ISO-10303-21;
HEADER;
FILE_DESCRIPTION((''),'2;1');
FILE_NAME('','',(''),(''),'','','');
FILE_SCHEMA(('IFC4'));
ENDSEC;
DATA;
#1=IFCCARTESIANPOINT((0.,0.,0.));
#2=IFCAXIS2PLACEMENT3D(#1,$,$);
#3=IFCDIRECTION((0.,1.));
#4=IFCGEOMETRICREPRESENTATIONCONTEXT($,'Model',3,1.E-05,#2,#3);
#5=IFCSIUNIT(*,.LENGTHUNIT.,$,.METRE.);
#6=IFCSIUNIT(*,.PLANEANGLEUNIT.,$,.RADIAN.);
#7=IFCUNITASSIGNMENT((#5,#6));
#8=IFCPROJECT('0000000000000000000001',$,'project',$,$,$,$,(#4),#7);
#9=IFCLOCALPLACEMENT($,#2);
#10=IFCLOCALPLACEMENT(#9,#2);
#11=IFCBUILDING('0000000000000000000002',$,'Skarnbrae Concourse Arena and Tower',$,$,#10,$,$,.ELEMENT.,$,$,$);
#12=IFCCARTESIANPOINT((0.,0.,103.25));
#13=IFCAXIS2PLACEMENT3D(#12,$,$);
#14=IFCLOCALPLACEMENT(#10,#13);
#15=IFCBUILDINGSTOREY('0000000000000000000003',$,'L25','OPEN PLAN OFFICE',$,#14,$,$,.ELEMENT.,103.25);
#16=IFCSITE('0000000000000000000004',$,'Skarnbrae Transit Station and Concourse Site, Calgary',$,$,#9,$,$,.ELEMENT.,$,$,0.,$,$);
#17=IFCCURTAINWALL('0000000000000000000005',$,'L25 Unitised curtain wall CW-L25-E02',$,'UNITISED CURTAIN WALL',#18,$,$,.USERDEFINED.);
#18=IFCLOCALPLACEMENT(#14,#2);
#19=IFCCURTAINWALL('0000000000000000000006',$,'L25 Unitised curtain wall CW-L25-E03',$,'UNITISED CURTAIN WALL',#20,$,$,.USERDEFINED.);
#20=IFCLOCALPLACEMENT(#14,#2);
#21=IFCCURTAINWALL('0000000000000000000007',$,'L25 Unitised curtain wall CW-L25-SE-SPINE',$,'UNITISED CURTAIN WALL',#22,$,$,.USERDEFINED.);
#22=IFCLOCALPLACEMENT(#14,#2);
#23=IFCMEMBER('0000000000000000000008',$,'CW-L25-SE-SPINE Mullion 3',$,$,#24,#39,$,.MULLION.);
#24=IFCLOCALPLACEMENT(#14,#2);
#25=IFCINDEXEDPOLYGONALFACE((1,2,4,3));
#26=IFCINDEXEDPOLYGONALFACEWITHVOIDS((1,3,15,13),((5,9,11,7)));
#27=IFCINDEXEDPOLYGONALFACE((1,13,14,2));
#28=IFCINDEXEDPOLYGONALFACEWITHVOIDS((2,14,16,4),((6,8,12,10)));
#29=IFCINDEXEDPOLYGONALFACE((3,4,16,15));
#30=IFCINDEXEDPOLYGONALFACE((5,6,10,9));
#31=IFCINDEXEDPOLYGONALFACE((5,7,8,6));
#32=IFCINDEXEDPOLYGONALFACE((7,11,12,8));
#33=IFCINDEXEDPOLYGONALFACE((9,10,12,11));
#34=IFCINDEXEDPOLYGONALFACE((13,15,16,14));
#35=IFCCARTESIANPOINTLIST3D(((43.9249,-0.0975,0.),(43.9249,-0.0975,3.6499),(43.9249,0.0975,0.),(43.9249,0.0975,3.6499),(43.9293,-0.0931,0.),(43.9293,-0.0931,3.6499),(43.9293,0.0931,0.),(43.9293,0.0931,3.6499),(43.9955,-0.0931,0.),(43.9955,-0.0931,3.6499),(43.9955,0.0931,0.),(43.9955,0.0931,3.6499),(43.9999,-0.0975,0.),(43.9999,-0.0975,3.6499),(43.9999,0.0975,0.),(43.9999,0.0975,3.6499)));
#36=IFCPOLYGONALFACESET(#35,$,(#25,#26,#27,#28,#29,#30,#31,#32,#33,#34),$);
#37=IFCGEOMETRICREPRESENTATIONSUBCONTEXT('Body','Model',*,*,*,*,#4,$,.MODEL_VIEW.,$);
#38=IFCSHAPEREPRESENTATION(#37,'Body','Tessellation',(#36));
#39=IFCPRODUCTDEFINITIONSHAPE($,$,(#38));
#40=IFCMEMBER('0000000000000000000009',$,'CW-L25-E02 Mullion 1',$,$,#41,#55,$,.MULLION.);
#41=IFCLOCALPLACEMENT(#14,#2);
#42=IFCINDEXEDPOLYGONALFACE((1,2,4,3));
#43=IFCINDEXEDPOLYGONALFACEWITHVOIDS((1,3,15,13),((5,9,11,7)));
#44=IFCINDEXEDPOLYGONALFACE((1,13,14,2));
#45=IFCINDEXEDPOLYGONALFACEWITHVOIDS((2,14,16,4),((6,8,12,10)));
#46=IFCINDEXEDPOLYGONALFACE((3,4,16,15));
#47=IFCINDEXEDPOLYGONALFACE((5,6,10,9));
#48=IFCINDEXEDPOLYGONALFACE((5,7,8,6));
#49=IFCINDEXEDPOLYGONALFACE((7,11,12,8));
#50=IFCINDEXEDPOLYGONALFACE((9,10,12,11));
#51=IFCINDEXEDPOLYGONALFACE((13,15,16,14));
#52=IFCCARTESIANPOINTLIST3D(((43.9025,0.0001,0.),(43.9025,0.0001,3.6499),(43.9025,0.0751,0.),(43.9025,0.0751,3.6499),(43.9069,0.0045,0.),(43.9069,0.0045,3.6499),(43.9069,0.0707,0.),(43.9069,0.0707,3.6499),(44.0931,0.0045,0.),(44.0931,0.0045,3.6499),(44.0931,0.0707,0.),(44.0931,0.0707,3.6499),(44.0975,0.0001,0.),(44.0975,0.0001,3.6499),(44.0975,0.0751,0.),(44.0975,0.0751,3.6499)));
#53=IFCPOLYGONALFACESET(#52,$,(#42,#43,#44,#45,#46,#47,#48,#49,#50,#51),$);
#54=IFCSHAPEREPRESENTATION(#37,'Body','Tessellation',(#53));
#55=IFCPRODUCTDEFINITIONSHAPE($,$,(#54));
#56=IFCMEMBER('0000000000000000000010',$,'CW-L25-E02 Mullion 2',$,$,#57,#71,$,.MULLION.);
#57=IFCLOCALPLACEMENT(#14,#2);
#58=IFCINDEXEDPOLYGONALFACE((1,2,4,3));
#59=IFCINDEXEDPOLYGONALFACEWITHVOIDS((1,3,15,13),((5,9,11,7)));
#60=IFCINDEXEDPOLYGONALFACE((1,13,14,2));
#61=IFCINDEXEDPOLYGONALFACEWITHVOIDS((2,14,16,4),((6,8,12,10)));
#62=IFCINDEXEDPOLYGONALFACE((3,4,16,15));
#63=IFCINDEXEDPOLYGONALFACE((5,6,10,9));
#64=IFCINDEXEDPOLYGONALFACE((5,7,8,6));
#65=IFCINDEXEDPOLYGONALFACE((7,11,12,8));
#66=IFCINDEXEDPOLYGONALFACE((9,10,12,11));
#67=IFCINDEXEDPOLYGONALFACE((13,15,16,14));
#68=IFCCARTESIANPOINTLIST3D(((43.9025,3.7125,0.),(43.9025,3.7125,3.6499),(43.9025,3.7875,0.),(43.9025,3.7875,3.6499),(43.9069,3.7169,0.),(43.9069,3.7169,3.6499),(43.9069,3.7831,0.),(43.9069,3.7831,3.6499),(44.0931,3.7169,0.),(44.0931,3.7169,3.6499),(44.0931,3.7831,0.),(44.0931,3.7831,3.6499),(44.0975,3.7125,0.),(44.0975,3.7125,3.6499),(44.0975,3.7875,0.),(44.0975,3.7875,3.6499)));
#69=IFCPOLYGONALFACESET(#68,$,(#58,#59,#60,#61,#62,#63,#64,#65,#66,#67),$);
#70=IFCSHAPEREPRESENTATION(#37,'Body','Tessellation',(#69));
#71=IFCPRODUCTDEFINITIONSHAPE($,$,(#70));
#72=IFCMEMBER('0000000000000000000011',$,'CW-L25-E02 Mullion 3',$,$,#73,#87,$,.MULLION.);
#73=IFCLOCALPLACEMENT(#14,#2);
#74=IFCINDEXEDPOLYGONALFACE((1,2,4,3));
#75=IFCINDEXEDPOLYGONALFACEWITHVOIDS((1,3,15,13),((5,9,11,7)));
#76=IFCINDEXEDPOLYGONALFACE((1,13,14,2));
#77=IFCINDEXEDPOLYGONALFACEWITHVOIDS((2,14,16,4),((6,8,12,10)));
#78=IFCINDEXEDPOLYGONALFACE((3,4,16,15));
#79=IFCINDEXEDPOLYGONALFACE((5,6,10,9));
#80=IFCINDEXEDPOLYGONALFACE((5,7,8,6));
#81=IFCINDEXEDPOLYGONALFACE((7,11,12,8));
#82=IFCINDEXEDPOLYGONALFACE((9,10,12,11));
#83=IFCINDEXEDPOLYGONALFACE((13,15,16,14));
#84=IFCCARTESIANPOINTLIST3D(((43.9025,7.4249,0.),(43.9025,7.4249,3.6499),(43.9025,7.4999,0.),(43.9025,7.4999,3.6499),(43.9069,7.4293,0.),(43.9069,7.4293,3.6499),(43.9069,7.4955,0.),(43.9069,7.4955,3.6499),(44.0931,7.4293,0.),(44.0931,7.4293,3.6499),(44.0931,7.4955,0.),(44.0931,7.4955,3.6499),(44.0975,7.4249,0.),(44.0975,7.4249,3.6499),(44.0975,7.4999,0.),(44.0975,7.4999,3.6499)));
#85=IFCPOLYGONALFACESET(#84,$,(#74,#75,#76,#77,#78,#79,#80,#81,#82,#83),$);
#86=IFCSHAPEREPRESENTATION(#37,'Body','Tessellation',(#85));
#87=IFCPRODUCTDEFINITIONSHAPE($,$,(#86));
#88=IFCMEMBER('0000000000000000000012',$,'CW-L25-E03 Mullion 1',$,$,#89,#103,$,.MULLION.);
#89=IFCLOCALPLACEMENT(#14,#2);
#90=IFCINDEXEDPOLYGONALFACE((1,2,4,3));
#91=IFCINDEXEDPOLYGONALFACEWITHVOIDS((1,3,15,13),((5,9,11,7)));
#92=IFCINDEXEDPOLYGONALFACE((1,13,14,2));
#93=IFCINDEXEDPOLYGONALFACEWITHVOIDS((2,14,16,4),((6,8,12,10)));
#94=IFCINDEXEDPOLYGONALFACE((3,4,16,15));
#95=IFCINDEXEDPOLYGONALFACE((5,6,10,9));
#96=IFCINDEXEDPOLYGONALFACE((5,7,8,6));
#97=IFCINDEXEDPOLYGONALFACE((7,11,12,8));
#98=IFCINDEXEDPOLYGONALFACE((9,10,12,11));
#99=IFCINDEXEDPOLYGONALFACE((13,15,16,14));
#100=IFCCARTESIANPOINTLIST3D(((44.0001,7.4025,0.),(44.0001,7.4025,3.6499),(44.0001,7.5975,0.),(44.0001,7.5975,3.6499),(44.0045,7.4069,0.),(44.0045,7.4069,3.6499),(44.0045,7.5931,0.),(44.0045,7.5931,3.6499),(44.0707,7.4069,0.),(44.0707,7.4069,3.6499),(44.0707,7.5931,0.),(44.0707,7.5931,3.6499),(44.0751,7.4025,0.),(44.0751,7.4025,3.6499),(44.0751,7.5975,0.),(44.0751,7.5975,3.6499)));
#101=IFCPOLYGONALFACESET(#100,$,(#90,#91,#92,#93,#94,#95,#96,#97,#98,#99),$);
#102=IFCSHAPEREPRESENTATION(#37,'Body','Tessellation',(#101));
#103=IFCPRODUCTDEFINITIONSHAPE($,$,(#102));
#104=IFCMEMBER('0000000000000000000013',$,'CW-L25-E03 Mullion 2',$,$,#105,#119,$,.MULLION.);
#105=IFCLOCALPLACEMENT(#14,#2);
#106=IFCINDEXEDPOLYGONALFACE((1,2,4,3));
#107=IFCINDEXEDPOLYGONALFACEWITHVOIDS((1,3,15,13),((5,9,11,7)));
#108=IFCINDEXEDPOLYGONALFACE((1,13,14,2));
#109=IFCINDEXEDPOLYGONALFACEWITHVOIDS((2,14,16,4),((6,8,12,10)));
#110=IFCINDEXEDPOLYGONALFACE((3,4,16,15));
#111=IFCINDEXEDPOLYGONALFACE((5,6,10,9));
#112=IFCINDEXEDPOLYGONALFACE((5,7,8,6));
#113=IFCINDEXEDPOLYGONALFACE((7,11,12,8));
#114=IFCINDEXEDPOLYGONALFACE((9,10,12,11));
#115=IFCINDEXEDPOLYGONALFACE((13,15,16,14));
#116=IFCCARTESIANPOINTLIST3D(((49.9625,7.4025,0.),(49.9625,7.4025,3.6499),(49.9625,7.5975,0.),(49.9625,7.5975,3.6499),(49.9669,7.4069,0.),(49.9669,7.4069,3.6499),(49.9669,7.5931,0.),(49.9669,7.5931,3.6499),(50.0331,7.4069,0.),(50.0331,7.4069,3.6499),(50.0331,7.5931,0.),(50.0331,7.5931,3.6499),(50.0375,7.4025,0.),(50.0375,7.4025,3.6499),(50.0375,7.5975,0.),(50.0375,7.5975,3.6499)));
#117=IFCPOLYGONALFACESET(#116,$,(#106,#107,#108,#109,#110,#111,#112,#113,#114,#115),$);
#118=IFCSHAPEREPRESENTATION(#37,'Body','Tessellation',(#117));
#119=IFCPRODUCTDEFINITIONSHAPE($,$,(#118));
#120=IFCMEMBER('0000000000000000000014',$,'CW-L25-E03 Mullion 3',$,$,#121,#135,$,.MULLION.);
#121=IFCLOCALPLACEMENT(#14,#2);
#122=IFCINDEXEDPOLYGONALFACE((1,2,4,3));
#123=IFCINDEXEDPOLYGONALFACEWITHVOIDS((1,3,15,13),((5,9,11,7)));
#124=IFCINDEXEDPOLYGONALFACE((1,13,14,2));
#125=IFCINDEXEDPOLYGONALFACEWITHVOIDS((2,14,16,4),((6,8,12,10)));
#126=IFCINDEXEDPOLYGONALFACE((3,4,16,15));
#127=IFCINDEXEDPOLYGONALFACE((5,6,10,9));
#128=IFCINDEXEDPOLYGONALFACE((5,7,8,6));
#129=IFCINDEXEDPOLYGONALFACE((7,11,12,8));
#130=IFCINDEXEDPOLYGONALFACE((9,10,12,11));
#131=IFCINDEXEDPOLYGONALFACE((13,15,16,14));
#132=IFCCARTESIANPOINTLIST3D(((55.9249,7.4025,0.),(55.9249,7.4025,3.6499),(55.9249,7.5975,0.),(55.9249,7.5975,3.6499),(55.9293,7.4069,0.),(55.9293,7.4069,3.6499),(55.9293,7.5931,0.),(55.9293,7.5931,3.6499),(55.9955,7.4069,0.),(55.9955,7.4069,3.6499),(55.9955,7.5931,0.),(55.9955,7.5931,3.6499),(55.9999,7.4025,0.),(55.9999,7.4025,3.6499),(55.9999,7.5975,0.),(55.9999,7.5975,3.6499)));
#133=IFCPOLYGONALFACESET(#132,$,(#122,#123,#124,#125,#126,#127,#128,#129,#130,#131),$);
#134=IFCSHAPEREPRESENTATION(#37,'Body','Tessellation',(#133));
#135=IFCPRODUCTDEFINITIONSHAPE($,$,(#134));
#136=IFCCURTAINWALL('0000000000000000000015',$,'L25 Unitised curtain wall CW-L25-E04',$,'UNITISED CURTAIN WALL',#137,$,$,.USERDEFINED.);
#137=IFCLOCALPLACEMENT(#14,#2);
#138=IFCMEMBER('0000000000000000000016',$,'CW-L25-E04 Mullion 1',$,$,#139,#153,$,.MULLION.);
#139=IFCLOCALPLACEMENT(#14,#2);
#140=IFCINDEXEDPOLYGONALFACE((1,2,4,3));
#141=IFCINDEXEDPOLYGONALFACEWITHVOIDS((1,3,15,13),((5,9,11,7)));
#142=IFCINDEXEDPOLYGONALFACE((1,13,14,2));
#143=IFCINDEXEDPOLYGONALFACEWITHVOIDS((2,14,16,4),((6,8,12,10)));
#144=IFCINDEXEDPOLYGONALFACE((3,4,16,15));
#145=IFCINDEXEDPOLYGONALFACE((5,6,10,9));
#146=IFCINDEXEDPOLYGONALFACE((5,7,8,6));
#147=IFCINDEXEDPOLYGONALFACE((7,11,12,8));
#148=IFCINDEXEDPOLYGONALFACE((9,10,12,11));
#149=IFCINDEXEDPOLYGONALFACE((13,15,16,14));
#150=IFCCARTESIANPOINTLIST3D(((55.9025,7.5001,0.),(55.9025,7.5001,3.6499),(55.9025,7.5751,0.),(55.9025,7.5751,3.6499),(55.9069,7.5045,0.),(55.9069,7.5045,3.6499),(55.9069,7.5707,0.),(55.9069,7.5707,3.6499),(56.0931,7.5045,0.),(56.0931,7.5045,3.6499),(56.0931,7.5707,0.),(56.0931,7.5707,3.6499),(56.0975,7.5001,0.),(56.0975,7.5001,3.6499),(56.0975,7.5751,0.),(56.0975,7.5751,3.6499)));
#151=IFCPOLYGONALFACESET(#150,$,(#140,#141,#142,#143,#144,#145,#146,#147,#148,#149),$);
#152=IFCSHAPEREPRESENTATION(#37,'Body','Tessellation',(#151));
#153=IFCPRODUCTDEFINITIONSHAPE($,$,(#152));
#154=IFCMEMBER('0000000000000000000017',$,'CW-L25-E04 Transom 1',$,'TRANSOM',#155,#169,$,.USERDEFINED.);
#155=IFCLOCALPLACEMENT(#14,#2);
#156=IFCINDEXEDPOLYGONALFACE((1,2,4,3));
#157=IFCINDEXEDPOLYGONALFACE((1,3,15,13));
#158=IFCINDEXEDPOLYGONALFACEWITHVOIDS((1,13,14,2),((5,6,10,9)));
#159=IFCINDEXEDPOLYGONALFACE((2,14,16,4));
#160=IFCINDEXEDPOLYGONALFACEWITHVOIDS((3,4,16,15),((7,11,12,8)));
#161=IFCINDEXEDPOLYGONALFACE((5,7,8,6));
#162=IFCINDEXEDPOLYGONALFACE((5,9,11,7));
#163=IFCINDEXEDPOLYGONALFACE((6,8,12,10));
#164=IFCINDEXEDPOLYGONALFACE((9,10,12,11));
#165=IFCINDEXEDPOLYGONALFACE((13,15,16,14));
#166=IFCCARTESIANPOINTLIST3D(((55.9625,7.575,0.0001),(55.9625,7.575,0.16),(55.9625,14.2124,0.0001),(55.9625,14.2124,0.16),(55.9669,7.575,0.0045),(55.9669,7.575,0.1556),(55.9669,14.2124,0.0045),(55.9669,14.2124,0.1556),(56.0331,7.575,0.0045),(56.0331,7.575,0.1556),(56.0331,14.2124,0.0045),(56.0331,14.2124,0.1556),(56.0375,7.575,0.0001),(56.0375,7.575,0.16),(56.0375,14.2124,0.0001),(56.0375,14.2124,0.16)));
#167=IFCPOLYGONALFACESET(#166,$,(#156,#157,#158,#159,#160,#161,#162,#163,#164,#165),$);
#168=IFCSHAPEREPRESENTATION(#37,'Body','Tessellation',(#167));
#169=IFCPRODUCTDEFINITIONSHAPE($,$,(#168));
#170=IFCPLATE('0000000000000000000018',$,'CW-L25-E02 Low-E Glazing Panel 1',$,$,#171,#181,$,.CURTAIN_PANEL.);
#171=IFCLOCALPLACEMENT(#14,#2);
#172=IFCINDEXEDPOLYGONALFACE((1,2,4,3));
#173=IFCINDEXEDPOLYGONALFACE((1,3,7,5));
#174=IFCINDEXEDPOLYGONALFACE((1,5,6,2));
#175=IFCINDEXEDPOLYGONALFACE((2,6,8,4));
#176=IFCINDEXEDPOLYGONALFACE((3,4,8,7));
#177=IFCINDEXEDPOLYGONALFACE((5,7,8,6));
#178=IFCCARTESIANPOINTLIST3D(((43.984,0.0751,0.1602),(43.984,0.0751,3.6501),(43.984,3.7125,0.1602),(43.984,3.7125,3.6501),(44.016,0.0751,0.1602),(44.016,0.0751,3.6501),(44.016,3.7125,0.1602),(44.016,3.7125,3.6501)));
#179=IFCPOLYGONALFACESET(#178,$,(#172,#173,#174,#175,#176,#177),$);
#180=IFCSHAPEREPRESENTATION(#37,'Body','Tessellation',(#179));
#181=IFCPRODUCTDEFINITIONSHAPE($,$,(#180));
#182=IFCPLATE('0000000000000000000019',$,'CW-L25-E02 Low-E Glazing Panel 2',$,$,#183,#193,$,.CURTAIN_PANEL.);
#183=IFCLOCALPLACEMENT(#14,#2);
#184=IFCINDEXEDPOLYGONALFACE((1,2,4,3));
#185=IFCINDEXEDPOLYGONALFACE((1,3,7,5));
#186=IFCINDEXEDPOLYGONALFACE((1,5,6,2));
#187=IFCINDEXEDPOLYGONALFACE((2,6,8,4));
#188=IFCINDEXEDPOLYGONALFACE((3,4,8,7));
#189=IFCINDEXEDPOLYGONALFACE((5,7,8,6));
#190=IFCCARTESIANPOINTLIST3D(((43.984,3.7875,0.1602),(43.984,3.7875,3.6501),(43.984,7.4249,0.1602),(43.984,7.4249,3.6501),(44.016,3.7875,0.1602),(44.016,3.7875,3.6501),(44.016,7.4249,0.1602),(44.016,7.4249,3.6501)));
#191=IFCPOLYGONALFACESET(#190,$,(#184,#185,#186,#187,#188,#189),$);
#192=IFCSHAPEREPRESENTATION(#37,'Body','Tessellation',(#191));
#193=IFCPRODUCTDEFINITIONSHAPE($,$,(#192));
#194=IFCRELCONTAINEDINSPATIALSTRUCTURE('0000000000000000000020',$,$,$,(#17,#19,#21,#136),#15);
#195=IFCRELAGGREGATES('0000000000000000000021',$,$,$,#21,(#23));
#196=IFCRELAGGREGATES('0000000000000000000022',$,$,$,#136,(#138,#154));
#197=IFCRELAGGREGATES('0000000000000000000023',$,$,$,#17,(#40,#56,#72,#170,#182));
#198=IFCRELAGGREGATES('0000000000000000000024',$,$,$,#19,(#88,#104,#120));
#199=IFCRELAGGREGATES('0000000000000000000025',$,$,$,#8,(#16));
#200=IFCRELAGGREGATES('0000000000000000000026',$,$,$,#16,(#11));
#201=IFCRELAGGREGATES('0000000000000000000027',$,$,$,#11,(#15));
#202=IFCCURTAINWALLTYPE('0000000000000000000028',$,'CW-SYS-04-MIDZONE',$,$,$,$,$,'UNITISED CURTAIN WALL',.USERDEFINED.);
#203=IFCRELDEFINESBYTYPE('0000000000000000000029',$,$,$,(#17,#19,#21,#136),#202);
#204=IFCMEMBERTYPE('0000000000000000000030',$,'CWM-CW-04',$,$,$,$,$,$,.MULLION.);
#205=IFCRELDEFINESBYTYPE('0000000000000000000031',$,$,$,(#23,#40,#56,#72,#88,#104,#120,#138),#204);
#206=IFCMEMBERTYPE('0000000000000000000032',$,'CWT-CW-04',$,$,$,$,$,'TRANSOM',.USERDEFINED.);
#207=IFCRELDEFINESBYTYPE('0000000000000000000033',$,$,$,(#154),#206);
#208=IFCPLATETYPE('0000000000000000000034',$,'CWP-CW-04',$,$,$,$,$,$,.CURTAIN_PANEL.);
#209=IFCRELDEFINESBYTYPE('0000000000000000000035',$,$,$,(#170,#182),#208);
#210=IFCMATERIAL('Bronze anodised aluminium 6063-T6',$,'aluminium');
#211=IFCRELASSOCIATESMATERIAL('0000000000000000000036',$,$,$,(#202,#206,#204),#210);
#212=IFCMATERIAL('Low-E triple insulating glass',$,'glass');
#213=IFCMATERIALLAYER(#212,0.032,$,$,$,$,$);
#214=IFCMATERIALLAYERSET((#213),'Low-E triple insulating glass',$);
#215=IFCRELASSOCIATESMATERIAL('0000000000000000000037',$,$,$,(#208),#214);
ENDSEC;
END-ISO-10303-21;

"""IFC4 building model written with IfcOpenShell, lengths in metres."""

from ifc_helpers import new_model, si_unit, direction, frame, origin, origin_2d, place, context, subcontext, project, spatial, rectangle, hollow_rectangle, extrude, source, transform, mapped, material, layer, layer_set, material_profile, profile_set, type_object, element, aggregate, save


model = new_model("IFC4")

# Units and contexts
model_context = context("Model", 3, precision=1e-05, world=origin(), true_north=direction((0.0, 1.0)))
body_context = subcontext(model_context, "Body", "Model", "MODEL_VIEW")
ifc_project = project(units=[si_unit("LENGTHUNIT", "METRE"), si_unit("PLANEANGLEUNIT", "RADIAN")], contexts=[model_context])

# Site, building, storey
site_placement = place(None, origin())
site = spatial("IfcSite", under=ifc_project, at=site_placement, Name="Skarnbrae Transit Station and Concourse Site, Calgary", CompositionType="ELEMENT", RefElevation=0.0)
building_placement = place(site_placement, origin())
building = spatial("IfcBuilding", under=site, at=building_placement, Name="Skarnbrae Concourse Arena and Tower", CompositionType="ELEMENT")
storey_placement = place(building_placement, frame((0.0, 0.0, 103.25)))
storey = spatial("IfcBuildingStorey", under=building, at=storey_placement, Name="L25", Description="OPEN PLAN OFFICE", CompositionType="ELEMENT", Elevation=103.25)

# Curtain walls
ifc_material_1 = material(Name="Bronze anodised aluminium 6063-T6", Category="aluminium")
curtain_wall_type = type_object("IfcCurtainWallType", Name="CW-SYS-04-MIDZONE", ElementType="UNITISED CURTAIN WALL", PredefinedType="USERDEFINED", material=ifc_material_1)
curtain_wall_1_placement = place(storey_placement, origin())
curtain_wall_1 = element("IfcCurtainWall", 1, at=curtain_wall_1_placement, inside=storey, type_object=curtain_wall_type, Name="L25 Unitised curtain wall CW-L25-E02", ObjectType="UNITISED CURTAIN WALL", PredefinedType="USERDEFINED")
ifc_material_profile_1 = material_profile(ifc_material_1, hollow_rectangle(XDim=0.075, YDim=0.1599, WallThickness=0.0044, at=origin_2d()), Name="ALU-TRAN-75X160")
ifc_profile_set_1 = profile_set([ifc_material_profile_1], Name="Bronze anodised aluminium 6063-T6")
member_type_1 = type_object("IfcMemberType", Name="CWT-CW-04", ElementType="TRANSOM", PredefinedType="USERDEFINED", material=ifc_profile_set_1)
curtain_wall_2_placement = place(storey_placement, origin())
curtain_wall_2 = element("IfcCurtainWall", 2, at=curtain_wall_2_placement, inside=storey, type_object=curtain_wall_type, Name="L25 Unitised curtain wall CW-L25-E03", ObjectType="UNITISED CURTAIN WALL", PredefinedType="USERDEFINED")

# Curtain wall, member
curtain_wall_3_placement = place(storey_placement, origin())
curtain_wall_3 = element("IfcCurtainWall", 3, at=curtain_wall_3_placement, inside=storey, type_object=curtain_wall_type, Name="L25 Unitised curtain wall CW-L25-SE-SPINE", ObjectType="UNITISED CURTAIN WALL", PredefinedType="USERDEFINED")
ifc_material_profile_2 = material_profile(ifc_material_1, hollow_rectangle(XDim=0.075, YDim=0.1951, WallThickness=0.0044, at=origin_2d()), Name="ALU-MULL-75X195")
ifc_profile_set_2 = profile_set([ifc_material_profile_2], Name="Bronze anodised aluminium 6063-T6")
member_type_2 = type_object("IfcMemberType", Name="CWM-CW-04", PredefinedType="MULLION", material=ifc_profile_set_2)
shared_shape_1 = source(origin(), body_context, "Body", "SweptSolid", [
    extrude(hollow_rectangle(XDim=0.075, YDim=0.1951, WallThickness=0.0044, at=origin_2d()), origin(), (0.0, 0.0, 1.0), 3.6499),
])
member_1_placement = place(storey_placement, frame((43.9624, 0.0, 0.0), z_axis=(0.0, 0.0, 1.0), x_axis=(1.0, 0.0, 0.0)))
member_1 = element("IfcMember", 4, at=member_1_placement, type_object=member_type_2, Name="CW-L25-SE-SPINE Mullion 3", PredefinedType="MULLION", context=body_context, shape_type="MappedRepresentation", body=[
    mapped(shared_shape_1, transform((0.0, 0.0, 0.0))),
])
aggregate(curtain_wall_3, [member_1])

# Members
member_2_placement = place(storey_placement, frame((44.0, 0.0376, 0.0), z_axis=(0.0, 0.0, 1.0), x_axis=(0.0, 1.0, 0.0)))
member_2 = element("IfcMember", 5, at=member_2_placement, type_object=member_type_2, Name="CW-L25-E02 Mullion 1", PredefinedType="MULLION", context=body_context, shape_type="MappedRepresentation", body=[
    mapped(shared_shape_1, transform((0.0, 0.0, 0.0))),
])
member_3_placement = place(storey_placement, frame((44.0, 3.75, 0.0), z_axis=(0.0, 0.0, 1.0), x_axis=(0.0, 1.0, 0.0)))
member_3 = element("IfcMember", 6, at=member_3_placement, type_object=member_type_2, Name="CW-L25-E02 Mullion 2", PredefinedType="MULLION", context=body_context, shape_type="MappedRepresentation", body=[
    mapped(shared_shape_1, transform((0.0, 0.0, 0.0))),
])
member_4_placement = place(storey_placement, frame((44.0, 7.4624, 0.0), z_axis=(0.0, 0.0, 1.0), x_axis=(0.0, 1.0, 0.0)))
member_4 = element("IfcMember", 7, at=member_4_placement, type_object=member_type_2, Name="CW-L25-E02 Mullion 3", PredefinedType="MULLION", context=body_context, shape_type="MappedRepresentation", body=[
    mapped(shared_shape_1, transform((0.0, 0.0, 0.0))),
])
member_5_placement = place(storey_placement, frame((44.0376, 7.5, 0.0), z_axis=(0.0, 0.0, 1.0), x_axis=(1.0, 0.0, 0.0)))
member_5 = element("IfcMember", 8, at=member_5_placement, type_object=member_type_2, Name="CW-L25-E03 Mullion 1", PredefinedType="MULLION", context=body_context, shape_type="MappedRepresentation", body=[
    mapped(shared_shape_1, transform((0.0, 0.0, 0.0))),
])
member_6_placement = place(storey_placement, frame((50.0, 7.5, 0.0), z_axis=(0.0, 0.0, 1.0), x_axis=(1.0, 0.0, 0.0)))
member_6 = element("IfcMember", 9, at=member_6_placement, type_object=member_type_2, Name="CW-L25-E03 Mullion 2", PredefinedType="MULLION", context=body_context, shape_type="MappedRepresentation", body=[
    mapped(shared_shape_1, transform((0.0, 0.0, 0.0))),
])
member_7_placement = place(storey_placement, frame((55.9624, 7.5, 0.0), z_axis=(0.0, 0.0, 1.0), x_axis=(1.0, 0.0, 0.0)))
member_7 = element("IfcMember", 10, at=member_7_placement, type_object=member_type_2, Name="CW-L25-E03 Mullion 3", PredefinedType="MULLION", context=body_context, shape_type="MappedRepresentation", body=[
    mapped(shared_shape_1, transform((0.0, 0.0, 0.0))),
])

# Curtain wall, members
curtain_wall_4_placement = place(storey_placement, origin())
curtain_wall_4 = element("IfcCurtainWall", 11, at=curtain_wall_4_placement, inside=storey, type_object=curtain_wall_type, Name="L25 Unitised curtain wall CW-L25-E04", ObjectType="UNITISED CURTAIN WALL", PredefinedType="USERDEFINED")
member_8_placement = place(storey_placement, frame((56.0, 7.5376, 0.0), z_axis=(0.0, 0.0, 1.0), x_axis=(0.0, 1.0, 0.0)))
member_8 = element("IfcMember", 12, at=member_8_placement, type_object=member_type_2, Name="CW-L25-E04 Mullion 1", PredefinedType="MULLION", context=body_context, shape_type="MappedRepresentation", body=[
    mapped(shared_shape_1, transform((0.0, 0.0, 0.0))),
])
shared_shape_2 = source(origin(), body_context, "Body", "SweptSolid", [
    extrude(hollow_rectangle(XDim=0.075, YDim=0.1599, WallThickness=0.0044, at=origin_2d()), origin(), (0.0, 0.0, 1.0), 6.6375),
])
member_9_placement = place(storey_placement, frame((56.0, 7.575, 0.0801), z_axis=(0.0, 1.0, 0.0), x_axis=(-1.0, 0.0, 0.0)))
member_9 = element("IfcMember", 13, at=member_9_placement, type_object=member_type_1, Name="CW-L25-E04 Transom 1", ObjectType="TRANSOM", PredefinedType="USERDEFINED", context=body_context, shape_type="MappedRepresentation", body=[
    mapped(shared_shape_2, transform((0.0, 0.0, 0.0))),
])
aggregate(curtain_wall_4, [member_8, member_9])

# Plates
ifc_material_2 = material(Name="Low-E triple insulating glass", Category="glass")
ifc_layer = layer(ifc_material_2, 0.032)
ifc_layer_set = layer_set([ifc_layer], Name="Low-E triple insulating glass")
plate_type = type_object("IfcPlateType", Name="CWP-CW-04", PredefinedType="CURTAIN_PANEL", material=ifc_layer_set)
shared_shape_3 = source(origin(), body_context, "Body", "SweptSolid", [
    extrude(rectangle(XDim=3.6375, YDim=0.032, at=origin_2d()), origin(), (0.0, 0.0, 1.0), 3.49),
])
plate_1_placement = place(storey_placement, frame((44.0, 1.8938, 0.1602), z_axis=(0.0, 0.0, 1.0), x_axis=(0.0, 1.0, 0.0)))
plate_1 = element("IfcPlate", 14, at=plate_1_placement, type_object=plate_type, Name="CW-L25-E02 Low-E Glazing Panel 1", PredefinedType="CURTAIN_PANEL", context=body_context, shape_type="MappedRepresentation", body=[
    mapped(shared_shape_3, transform((0.0, 0.0, 0.0))),
])
plate_2_placement = place(storey_placement, frame((44.0, 5.6062, 0.1602), z_axis=(0.0, 0.0, 1.0), x_axis=(0.0, 1.0, 0.0)))
plate_2 = element("IfcPlate", 15, at=plate_2_placement, type_object=plate_type, Name="CW-L25-E02 Low-E Glazing Panel 2", PredefinedType="CURTAIN_PANEL", context=body_context, shape_type="MappedRepresentation", body=[
    mapped(shared_shape_3, transform((0.0, 0.0, 0.0))),
])
aggregate(curtain_wall_1, [member_2, member_3, member_4, plate_1, plate_2])
aggregate(curtain_wall_2, [member_5, member_6, member_7])

save(model, "model.ifc")
